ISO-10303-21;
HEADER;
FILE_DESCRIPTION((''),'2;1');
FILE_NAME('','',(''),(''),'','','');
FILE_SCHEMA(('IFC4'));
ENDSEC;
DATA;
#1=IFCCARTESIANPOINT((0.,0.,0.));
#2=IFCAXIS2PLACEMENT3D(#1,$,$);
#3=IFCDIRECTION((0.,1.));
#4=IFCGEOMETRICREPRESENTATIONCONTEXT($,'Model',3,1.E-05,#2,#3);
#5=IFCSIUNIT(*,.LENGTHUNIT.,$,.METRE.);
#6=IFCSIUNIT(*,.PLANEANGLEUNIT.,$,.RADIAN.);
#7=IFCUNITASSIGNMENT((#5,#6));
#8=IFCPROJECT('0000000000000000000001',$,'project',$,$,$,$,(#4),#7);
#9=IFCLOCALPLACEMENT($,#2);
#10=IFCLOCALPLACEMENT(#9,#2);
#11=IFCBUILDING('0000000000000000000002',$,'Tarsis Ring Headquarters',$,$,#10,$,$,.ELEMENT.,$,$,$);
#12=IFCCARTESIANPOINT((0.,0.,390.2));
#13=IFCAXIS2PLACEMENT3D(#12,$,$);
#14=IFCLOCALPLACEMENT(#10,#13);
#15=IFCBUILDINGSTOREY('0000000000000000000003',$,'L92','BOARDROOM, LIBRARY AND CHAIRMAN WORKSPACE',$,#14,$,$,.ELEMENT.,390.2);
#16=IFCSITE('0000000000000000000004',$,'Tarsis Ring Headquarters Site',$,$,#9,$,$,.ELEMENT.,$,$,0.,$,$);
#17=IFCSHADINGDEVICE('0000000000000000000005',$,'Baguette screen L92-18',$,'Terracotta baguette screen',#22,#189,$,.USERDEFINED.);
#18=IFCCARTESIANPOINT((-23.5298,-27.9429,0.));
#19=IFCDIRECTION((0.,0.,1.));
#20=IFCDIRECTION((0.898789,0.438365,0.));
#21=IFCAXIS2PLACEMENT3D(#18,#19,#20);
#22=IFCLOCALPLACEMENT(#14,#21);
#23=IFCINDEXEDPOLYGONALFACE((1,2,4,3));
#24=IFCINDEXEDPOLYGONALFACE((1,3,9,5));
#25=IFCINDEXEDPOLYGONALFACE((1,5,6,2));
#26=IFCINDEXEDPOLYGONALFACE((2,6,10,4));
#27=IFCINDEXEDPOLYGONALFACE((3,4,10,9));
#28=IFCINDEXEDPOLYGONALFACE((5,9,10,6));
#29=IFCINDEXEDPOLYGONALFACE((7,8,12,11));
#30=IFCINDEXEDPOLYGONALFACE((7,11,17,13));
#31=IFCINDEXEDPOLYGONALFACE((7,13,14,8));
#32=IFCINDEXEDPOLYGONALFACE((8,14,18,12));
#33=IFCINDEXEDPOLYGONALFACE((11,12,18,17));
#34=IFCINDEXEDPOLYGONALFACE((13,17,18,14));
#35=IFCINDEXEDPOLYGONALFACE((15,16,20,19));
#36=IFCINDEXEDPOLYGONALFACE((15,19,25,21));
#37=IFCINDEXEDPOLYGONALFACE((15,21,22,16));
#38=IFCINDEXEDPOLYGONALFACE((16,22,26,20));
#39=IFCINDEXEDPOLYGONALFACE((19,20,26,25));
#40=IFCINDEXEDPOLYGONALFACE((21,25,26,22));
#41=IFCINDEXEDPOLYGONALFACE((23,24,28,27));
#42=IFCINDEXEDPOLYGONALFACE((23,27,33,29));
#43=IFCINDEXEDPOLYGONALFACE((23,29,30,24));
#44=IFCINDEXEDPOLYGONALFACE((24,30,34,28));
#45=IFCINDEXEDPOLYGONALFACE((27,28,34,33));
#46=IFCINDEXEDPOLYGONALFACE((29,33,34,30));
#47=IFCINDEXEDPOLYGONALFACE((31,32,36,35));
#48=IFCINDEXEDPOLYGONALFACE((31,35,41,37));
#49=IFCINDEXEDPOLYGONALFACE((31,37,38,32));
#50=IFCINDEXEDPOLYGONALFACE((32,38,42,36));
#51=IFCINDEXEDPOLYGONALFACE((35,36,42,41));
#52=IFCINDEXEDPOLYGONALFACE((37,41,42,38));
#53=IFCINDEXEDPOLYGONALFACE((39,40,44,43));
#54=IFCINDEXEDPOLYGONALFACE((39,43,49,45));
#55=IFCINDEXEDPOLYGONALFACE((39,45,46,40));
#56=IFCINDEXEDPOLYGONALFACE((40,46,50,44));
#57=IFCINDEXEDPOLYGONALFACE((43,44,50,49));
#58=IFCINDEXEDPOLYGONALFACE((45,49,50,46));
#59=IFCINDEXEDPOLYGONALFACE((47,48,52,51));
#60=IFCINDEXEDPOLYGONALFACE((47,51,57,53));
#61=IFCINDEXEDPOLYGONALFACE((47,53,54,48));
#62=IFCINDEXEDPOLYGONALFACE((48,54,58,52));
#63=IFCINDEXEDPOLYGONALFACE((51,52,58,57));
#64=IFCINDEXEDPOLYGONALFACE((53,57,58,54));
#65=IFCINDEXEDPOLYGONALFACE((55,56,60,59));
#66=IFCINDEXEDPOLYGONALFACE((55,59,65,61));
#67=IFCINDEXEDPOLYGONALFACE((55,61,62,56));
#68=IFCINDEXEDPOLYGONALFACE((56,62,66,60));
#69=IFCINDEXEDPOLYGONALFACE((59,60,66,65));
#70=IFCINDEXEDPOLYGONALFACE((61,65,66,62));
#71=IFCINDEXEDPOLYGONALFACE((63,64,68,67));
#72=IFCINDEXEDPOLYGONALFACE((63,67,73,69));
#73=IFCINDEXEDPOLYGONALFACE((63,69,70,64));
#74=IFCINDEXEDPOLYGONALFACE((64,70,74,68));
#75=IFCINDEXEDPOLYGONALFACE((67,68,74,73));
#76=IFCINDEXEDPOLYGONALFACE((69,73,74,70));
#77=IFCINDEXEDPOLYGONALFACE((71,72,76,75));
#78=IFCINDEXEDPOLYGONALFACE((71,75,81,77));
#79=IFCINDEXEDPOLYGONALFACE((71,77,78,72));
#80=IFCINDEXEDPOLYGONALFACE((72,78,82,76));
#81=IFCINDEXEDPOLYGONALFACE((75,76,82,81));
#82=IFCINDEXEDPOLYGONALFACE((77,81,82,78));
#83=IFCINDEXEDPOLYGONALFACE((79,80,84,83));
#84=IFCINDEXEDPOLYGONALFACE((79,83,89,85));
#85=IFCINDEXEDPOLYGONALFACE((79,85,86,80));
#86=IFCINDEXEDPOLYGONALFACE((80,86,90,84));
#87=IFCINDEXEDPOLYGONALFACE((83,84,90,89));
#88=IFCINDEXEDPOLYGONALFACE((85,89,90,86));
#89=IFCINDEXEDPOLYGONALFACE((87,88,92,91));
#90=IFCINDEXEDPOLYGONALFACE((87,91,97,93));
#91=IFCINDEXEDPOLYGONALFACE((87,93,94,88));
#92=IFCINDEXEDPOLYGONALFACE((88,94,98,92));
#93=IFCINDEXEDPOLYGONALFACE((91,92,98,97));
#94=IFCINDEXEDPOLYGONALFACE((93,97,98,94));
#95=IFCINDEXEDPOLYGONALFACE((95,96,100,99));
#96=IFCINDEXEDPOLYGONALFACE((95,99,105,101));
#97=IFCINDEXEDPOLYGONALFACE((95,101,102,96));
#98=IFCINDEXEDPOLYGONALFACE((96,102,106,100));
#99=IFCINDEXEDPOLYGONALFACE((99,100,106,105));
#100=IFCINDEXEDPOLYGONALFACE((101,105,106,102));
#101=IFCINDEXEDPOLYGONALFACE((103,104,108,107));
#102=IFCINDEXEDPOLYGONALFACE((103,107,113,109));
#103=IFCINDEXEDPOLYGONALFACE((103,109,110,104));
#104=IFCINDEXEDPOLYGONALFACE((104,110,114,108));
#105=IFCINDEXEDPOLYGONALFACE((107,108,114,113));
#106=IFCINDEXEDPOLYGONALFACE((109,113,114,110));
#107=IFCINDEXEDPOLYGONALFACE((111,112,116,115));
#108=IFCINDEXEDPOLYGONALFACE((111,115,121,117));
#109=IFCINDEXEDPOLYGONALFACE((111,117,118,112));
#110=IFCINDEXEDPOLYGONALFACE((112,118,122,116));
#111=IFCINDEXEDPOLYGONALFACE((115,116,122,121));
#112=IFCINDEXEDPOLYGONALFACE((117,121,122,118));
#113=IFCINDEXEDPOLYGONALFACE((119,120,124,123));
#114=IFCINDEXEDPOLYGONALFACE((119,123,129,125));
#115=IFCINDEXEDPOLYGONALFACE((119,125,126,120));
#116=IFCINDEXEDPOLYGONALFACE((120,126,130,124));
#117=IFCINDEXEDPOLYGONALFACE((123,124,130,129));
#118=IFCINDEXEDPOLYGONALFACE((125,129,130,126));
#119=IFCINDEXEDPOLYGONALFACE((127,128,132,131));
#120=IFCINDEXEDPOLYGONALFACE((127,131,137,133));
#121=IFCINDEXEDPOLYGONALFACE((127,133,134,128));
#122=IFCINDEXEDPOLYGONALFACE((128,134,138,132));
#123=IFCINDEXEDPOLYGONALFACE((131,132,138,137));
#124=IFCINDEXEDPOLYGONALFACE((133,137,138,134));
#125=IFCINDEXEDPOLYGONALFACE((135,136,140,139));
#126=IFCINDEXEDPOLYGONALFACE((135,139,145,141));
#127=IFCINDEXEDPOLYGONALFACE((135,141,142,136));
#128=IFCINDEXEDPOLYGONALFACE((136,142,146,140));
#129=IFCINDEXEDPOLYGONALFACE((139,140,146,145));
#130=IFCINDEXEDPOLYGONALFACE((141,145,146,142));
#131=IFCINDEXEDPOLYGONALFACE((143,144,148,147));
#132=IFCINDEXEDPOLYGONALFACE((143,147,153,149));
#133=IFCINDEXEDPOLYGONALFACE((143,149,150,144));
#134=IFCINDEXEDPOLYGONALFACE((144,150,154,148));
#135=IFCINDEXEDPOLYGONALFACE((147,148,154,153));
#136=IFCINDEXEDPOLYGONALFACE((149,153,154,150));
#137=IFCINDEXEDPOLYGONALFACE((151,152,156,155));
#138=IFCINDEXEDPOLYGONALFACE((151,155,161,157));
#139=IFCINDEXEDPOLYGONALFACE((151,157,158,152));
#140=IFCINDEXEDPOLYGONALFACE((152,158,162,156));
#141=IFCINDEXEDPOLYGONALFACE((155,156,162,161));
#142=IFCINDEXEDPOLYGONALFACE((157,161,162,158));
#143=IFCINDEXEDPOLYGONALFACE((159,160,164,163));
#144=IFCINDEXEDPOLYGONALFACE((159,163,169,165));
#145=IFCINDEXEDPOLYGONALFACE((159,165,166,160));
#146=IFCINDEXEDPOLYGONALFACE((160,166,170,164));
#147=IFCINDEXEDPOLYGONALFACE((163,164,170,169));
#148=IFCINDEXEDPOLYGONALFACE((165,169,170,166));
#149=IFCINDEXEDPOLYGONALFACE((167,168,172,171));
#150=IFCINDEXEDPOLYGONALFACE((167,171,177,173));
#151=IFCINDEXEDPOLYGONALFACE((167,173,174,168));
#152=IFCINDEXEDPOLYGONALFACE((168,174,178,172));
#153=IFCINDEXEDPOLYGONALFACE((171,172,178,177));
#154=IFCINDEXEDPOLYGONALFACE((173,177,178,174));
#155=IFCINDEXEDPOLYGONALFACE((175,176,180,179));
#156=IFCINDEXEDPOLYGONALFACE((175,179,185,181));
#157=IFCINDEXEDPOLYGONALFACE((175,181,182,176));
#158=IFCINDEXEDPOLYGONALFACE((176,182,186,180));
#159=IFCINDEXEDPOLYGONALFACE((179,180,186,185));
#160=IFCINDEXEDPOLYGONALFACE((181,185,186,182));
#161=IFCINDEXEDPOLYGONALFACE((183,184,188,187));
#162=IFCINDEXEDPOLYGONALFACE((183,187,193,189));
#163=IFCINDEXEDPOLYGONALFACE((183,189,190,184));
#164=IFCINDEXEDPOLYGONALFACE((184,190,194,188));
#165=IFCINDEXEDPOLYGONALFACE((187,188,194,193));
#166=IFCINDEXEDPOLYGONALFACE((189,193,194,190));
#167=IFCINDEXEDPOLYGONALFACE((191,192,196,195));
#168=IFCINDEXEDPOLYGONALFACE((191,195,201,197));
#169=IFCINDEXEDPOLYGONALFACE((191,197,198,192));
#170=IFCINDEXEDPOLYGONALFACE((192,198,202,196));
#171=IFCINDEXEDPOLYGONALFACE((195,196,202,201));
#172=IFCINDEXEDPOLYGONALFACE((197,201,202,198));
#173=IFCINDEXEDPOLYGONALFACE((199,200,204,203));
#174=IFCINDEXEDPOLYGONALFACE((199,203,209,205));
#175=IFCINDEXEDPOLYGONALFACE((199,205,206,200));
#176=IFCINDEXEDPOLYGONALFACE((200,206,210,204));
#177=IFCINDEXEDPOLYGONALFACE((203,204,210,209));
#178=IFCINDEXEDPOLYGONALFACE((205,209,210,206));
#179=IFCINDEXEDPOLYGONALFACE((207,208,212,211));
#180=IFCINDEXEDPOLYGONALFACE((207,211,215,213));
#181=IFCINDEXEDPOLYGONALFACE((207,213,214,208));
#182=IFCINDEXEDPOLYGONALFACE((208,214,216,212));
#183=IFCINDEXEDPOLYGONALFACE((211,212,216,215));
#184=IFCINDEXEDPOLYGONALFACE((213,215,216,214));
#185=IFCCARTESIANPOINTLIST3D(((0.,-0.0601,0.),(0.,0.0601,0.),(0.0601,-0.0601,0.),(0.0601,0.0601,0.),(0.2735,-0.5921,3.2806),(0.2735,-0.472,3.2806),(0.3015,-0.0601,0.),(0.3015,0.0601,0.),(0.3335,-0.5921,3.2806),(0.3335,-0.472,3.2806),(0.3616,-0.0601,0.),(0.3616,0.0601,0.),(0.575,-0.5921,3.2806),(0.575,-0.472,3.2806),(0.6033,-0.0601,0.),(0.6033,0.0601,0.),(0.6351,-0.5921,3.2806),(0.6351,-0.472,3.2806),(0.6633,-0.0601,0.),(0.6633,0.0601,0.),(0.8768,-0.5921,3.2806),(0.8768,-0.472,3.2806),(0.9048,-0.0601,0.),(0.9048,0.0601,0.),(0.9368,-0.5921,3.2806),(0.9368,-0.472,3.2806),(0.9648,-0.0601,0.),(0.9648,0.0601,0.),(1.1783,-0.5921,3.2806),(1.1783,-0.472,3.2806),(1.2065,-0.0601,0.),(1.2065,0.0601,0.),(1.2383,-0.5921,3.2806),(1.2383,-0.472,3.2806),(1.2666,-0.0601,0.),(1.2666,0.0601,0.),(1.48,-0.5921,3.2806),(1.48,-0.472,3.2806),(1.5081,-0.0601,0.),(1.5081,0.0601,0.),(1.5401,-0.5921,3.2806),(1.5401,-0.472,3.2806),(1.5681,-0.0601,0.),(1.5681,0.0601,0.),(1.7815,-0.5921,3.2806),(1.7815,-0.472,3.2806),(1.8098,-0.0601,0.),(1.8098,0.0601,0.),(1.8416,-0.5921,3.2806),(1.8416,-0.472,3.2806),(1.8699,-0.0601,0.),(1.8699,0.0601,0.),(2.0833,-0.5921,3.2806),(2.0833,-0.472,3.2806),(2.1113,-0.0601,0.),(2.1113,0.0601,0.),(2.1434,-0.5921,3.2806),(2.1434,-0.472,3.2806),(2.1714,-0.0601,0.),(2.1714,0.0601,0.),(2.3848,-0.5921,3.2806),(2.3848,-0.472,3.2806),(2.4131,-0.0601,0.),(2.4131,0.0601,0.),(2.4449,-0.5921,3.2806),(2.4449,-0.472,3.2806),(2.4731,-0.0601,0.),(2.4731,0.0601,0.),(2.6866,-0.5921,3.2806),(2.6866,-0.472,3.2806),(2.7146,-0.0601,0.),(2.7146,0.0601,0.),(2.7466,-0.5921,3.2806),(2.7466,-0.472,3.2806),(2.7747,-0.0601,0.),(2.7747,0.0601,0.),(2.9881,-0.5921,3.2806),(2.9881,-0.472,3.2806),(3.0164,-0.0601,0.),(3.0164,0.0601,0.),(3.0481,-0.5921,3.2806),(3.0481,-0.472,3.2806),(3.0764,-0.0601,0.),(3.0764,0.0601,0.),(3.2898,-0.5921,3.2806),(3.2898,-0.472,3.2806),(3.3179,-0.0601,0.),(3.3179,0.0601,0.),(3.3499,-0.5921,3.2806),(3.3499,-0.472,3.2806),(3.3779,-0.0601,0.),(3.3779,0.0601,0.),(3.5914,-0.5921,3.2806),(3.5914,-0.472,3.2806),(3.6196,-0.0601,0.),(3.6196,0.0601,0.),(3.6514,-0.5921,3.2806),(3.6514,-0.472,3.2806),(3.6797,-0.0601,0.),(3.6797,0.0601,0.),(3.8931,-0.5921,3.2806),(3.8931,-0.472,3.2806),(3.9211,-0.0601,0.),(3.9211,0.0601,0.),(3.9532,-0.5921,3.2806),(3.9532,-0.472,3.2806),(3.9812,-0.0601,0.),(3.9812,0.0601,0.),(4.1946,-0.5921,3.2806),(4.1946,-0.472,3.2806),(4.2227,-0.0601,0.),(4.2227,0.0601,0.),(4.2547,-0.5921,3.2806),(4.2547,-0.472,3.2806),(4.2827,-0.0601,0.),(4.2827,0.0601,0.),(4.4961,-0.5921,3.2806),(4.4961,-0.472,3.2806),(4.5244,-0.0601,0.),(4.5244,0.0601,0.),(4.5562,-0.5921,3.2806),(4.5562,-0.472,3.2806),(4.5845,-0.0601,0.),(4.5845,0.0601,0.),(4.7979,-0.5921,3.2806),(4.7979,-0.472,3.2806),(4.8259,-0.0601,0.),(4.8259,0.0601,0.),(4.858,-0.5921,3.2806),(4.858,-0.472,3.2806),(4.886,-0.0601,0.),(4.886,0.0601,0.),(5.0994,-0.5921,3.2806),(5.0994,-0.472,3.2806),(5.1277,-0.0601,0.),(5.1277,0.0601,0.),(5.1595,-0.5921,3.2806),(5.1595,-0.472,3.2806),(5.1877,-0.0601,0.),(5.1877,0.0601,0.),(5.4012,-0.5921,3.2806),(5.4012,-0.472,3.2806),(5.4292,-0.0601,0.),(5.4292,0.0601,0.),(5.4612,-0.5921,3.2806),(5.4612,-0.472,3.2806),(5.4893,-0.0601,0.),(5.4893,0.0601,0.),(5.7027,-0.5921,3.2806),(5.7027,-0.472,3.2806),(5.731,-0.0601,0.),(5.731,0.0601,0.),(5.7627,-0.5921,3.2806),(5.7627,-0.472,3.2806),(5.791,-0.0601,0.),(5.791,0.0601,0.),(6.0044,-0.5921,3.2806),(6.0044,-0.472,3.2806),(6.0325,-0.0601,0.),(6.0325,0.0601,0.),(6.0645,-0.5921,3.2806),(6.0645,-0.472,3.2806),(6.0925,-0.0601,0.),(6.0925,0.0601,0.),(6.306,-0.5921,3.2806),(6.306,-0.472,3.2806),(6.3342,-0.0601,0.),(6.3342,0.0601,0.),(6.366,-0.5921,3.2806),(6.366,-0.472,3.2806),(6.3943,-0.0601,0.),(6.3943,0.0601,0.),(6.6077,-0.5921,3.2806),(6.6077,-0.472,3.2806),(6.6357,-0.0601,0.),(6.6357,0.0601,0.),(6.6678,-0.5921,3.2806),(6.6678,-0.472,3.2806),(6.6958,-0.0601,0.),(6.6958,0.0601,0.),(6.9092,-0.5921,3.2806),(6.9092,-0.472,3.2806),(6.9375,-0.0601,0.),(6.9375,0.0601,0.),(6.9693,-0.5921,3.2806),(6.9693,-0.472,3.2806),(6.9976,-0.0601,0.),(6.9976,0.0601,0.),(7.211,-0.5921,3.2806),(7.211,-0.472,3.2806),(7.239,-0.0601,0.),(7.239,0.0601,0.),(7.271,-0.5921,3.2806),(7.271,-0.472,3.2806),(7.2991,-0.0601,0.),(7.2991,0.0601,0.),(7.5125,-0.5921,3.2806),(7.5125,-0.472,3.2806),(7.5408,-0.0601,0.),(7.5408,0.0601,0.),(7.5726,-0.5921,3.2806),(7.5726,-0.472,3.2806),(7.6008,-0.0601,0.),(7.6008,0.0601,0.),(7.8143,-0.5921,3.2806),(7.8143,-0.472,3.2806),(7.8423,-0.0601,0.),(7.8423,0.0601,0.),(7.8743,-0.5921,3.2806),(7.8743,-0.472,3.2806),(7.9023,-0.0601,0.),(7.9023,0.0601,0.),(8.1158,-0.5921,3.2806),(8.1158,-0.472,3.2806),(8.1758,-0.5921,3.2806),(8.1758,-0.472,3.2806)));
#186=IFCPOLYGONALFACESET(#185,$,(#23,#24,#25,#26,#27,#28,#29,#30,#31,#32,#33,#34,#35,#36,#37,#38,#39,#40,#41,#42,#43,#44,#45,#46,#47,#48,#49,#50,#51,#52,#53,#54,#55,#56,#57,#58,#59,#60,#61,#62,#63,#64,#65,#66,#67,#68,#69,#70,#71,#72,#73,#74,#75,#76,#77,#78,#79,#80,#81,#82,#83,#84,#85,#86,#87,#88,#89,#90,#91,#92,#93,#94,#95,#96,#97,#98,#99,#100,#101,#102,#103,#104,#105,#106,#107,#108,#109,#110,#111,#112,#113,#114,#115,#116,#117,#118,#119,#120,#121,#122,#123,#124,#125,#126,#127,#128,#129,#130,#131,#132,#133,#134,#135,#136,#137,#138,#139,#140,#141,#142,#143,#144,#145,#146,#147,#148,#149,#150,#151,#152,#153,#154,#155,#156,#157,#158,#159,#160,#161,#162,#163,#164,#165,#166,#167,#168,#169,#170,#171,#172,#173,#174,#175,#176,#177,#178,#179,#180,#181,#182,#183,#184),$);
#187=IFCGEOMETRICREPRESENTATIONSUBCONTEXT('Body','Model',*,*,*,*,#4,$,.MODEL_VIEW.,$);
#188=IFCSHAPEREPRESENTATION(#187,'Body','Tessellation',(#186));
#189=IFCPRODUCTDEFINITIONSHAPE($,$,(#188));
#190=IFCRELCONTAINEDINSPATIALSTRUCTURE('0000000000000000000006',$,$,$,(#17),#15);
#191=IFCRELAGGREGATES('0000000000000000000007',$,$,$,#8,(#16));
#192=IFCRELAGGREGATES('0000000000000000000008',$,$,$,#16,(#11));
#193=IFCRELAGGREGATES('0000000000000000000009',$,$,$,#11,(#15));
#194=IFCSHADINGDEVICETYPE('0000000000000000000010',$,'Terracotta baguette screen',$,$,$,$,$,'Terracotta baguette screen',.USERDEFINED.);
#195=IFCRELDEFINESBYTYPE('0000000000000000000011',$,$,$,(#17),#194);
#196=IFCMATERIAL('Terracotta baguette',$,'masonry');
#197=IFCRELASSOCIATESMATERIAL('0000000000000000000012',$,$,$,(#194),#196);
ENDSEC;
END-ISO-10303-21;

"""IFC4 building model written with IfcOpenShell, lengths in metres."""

from ifc_helpers import new_model, si_unit, direction, frame, frame_2d, origin, place, context, subcontext, project, spatial, rectangle, composite_profile, extrude, material, type_object, element, save


model = new_model("IFC4")

# Units and contexts
model_context = context("Model", 3, precision=1e-05, world=origin(), true_north=direction((0.0, 1.0)))
body_context = subcontext(model_context, "Body", "Model", "MODEL_VIEW")
ifc_project = project(units=[si_unit("LENGTHUNIT", "METRE"), si_unit("PLANEANGLEUNIT", "RADIAN")], contexts=[model_context])

# Site, building, storey
site_placement = place(None, origin())
site = spatial("IfcSite", under=ifc_project, at=site_placement, Name="Tarsis Ring Headquarters Site", CompositionType="ELEMENT", RefElevation=0.0)
building_placement = place(site_placement, origin())
building = spatial("IfcBuilding", under=site, at=building_placement, Name="Tarsis Ring Headquarters", CompositionType="ELEMENT")
storey_placement = place(building_placement, frame((0.0, 0.0, 390.2)))
storey = spatial("IfcBuildingStorey", under=building, at=storey_placement, Name="L92", Description="BOARDROOM, LIBRARY AND CHAIRMAN WORKSPACE", CompositionType="ELEMENT", Elevation=390.2)

# Shading device
ifc_material_1 = material(Name="Terracotta baguette", Category="masonry")
shading_device_type_1 = type_object("IfcShadingDeviceType", Name="Terracotta baguette screen", ElementType="Terracotta baguette screen", PredefinedType="USERDEFINED", material=ifc_material_1)
shading_device_1_placement = place(storey_placement, frame((-23.5298, -27.9429, 0.0), z_axis=(0.0, 0.0, 1.0), x_axis=(0.898789, 0.438365, 0.0)))
element("IfcShadingDevice", 1, at=shading_device_1_placement, inside=storey, type_object=shading_device_type_1, Name="Baguette screen L92-18", ObjectType="Terracotta baguette screen", PredefinedType="USERDEFINED", context=body_context, shape_type="SweptSolid", body=[
    extrude(composite_profile([rectangle(XDim=0.0601, YDim=0.1201, at=frame_2d((0.03, 0.0))), rectangle(XDim=0.0601, YDim=0.1201, at=frame_2d((0.3315, 0.0))), rectangle(XDim=0.0601, YDim=0.1201, at=frame_2d((0.6333, 0.0))), rectangle(XDim=0.0601, YDim=0.1201, at=frame_2d((0.9348, 0.0))), rectangle(XDim=0.0601, YDim=0.1201, at=frame_2d((1.2366, 0.0))), rectangle(XDim=0.0601, YDim=0.1201, at=frame_2d((1.5381, 0.0))), rectangle(XDim=0.0601, YDim=0.1201, at=frame_2d((1.8398, 0.0))), rectangle(XDim=0.0601, YDim=0.1201, at=frame_2d((2.1414, 0.0))), rectangle(XDim=0.0601, YDim=0.1201, at=frame_2d((2.4431, 0.0))), rectangle(XDim=0.0601, YDim=0.1201, at=frame_2d((2.7446, 0.0))), rectangle(XDim=0.0601, YDim=0.1201, at=frame_2d((3.0464, 0.0))), rectangle(XDim=0.0601, YDim=0.1201, at=frame_2d((3.3479, 0.0))), rectangle(XDim=0.0601, YDim=0.1201, at=frame_2d((3.6497, 0.0))), rectangle(XDim=0.0601, YDim=0.1201, at=frame_2d((3.9512, 0.0))), rectangle(XDim=0.0601, YDim=0.1201, at=frame_2d((4.2527, 0.0))), rectangle(XDim=0.0601, YDim=0.1201, at=frame_2d((4.5544, 0.0))), rectangle(XDim=0.0601, YDim=0.1201, at=frame_2d((4.856, 0.0))), rectangle(XDim=0.0601, YDim=0.1201, at=frame_2d((5.1577, 0.0))), rectangle(XDim=0.0601, YDim=0.1201, at=frame_2d((5.4592, 0.0))), rectangle(XDim=0.0601, YDim=0.1201, at=frame_2d((5.761, 0.0))), rectangle(XDim=0.0601, YDim=0.1201, at=frame_2d((6.0625, 0.0))), rectangle(XDim=0.0601, YDim=0.1201, at=frame_2d((6.3643, 0.0))), rectangle(XDim=0.0601, YDim=0.1201, at=frame_2d((6.6658, 0.0))), rectangle(XDim=0.0601, YDim=0.1201, at=frame_2d((6.9675, 0.0))), rectangle(XDim=0.0601, YDim=0.1201, at=frame_2d((7.269, 0.0))), rectangle(XDim=0.0601, YDim=0.1201, at=frame_2d((7.5708, 0.0))), rectangle(XDim=0.0601, YDim=0.1201, at=frame_2d((7.8723, 0.0)))]), origin(), (0.082012, -0.159547, 0.983778), 3.3347),
])

save(model, "model.ifc")
